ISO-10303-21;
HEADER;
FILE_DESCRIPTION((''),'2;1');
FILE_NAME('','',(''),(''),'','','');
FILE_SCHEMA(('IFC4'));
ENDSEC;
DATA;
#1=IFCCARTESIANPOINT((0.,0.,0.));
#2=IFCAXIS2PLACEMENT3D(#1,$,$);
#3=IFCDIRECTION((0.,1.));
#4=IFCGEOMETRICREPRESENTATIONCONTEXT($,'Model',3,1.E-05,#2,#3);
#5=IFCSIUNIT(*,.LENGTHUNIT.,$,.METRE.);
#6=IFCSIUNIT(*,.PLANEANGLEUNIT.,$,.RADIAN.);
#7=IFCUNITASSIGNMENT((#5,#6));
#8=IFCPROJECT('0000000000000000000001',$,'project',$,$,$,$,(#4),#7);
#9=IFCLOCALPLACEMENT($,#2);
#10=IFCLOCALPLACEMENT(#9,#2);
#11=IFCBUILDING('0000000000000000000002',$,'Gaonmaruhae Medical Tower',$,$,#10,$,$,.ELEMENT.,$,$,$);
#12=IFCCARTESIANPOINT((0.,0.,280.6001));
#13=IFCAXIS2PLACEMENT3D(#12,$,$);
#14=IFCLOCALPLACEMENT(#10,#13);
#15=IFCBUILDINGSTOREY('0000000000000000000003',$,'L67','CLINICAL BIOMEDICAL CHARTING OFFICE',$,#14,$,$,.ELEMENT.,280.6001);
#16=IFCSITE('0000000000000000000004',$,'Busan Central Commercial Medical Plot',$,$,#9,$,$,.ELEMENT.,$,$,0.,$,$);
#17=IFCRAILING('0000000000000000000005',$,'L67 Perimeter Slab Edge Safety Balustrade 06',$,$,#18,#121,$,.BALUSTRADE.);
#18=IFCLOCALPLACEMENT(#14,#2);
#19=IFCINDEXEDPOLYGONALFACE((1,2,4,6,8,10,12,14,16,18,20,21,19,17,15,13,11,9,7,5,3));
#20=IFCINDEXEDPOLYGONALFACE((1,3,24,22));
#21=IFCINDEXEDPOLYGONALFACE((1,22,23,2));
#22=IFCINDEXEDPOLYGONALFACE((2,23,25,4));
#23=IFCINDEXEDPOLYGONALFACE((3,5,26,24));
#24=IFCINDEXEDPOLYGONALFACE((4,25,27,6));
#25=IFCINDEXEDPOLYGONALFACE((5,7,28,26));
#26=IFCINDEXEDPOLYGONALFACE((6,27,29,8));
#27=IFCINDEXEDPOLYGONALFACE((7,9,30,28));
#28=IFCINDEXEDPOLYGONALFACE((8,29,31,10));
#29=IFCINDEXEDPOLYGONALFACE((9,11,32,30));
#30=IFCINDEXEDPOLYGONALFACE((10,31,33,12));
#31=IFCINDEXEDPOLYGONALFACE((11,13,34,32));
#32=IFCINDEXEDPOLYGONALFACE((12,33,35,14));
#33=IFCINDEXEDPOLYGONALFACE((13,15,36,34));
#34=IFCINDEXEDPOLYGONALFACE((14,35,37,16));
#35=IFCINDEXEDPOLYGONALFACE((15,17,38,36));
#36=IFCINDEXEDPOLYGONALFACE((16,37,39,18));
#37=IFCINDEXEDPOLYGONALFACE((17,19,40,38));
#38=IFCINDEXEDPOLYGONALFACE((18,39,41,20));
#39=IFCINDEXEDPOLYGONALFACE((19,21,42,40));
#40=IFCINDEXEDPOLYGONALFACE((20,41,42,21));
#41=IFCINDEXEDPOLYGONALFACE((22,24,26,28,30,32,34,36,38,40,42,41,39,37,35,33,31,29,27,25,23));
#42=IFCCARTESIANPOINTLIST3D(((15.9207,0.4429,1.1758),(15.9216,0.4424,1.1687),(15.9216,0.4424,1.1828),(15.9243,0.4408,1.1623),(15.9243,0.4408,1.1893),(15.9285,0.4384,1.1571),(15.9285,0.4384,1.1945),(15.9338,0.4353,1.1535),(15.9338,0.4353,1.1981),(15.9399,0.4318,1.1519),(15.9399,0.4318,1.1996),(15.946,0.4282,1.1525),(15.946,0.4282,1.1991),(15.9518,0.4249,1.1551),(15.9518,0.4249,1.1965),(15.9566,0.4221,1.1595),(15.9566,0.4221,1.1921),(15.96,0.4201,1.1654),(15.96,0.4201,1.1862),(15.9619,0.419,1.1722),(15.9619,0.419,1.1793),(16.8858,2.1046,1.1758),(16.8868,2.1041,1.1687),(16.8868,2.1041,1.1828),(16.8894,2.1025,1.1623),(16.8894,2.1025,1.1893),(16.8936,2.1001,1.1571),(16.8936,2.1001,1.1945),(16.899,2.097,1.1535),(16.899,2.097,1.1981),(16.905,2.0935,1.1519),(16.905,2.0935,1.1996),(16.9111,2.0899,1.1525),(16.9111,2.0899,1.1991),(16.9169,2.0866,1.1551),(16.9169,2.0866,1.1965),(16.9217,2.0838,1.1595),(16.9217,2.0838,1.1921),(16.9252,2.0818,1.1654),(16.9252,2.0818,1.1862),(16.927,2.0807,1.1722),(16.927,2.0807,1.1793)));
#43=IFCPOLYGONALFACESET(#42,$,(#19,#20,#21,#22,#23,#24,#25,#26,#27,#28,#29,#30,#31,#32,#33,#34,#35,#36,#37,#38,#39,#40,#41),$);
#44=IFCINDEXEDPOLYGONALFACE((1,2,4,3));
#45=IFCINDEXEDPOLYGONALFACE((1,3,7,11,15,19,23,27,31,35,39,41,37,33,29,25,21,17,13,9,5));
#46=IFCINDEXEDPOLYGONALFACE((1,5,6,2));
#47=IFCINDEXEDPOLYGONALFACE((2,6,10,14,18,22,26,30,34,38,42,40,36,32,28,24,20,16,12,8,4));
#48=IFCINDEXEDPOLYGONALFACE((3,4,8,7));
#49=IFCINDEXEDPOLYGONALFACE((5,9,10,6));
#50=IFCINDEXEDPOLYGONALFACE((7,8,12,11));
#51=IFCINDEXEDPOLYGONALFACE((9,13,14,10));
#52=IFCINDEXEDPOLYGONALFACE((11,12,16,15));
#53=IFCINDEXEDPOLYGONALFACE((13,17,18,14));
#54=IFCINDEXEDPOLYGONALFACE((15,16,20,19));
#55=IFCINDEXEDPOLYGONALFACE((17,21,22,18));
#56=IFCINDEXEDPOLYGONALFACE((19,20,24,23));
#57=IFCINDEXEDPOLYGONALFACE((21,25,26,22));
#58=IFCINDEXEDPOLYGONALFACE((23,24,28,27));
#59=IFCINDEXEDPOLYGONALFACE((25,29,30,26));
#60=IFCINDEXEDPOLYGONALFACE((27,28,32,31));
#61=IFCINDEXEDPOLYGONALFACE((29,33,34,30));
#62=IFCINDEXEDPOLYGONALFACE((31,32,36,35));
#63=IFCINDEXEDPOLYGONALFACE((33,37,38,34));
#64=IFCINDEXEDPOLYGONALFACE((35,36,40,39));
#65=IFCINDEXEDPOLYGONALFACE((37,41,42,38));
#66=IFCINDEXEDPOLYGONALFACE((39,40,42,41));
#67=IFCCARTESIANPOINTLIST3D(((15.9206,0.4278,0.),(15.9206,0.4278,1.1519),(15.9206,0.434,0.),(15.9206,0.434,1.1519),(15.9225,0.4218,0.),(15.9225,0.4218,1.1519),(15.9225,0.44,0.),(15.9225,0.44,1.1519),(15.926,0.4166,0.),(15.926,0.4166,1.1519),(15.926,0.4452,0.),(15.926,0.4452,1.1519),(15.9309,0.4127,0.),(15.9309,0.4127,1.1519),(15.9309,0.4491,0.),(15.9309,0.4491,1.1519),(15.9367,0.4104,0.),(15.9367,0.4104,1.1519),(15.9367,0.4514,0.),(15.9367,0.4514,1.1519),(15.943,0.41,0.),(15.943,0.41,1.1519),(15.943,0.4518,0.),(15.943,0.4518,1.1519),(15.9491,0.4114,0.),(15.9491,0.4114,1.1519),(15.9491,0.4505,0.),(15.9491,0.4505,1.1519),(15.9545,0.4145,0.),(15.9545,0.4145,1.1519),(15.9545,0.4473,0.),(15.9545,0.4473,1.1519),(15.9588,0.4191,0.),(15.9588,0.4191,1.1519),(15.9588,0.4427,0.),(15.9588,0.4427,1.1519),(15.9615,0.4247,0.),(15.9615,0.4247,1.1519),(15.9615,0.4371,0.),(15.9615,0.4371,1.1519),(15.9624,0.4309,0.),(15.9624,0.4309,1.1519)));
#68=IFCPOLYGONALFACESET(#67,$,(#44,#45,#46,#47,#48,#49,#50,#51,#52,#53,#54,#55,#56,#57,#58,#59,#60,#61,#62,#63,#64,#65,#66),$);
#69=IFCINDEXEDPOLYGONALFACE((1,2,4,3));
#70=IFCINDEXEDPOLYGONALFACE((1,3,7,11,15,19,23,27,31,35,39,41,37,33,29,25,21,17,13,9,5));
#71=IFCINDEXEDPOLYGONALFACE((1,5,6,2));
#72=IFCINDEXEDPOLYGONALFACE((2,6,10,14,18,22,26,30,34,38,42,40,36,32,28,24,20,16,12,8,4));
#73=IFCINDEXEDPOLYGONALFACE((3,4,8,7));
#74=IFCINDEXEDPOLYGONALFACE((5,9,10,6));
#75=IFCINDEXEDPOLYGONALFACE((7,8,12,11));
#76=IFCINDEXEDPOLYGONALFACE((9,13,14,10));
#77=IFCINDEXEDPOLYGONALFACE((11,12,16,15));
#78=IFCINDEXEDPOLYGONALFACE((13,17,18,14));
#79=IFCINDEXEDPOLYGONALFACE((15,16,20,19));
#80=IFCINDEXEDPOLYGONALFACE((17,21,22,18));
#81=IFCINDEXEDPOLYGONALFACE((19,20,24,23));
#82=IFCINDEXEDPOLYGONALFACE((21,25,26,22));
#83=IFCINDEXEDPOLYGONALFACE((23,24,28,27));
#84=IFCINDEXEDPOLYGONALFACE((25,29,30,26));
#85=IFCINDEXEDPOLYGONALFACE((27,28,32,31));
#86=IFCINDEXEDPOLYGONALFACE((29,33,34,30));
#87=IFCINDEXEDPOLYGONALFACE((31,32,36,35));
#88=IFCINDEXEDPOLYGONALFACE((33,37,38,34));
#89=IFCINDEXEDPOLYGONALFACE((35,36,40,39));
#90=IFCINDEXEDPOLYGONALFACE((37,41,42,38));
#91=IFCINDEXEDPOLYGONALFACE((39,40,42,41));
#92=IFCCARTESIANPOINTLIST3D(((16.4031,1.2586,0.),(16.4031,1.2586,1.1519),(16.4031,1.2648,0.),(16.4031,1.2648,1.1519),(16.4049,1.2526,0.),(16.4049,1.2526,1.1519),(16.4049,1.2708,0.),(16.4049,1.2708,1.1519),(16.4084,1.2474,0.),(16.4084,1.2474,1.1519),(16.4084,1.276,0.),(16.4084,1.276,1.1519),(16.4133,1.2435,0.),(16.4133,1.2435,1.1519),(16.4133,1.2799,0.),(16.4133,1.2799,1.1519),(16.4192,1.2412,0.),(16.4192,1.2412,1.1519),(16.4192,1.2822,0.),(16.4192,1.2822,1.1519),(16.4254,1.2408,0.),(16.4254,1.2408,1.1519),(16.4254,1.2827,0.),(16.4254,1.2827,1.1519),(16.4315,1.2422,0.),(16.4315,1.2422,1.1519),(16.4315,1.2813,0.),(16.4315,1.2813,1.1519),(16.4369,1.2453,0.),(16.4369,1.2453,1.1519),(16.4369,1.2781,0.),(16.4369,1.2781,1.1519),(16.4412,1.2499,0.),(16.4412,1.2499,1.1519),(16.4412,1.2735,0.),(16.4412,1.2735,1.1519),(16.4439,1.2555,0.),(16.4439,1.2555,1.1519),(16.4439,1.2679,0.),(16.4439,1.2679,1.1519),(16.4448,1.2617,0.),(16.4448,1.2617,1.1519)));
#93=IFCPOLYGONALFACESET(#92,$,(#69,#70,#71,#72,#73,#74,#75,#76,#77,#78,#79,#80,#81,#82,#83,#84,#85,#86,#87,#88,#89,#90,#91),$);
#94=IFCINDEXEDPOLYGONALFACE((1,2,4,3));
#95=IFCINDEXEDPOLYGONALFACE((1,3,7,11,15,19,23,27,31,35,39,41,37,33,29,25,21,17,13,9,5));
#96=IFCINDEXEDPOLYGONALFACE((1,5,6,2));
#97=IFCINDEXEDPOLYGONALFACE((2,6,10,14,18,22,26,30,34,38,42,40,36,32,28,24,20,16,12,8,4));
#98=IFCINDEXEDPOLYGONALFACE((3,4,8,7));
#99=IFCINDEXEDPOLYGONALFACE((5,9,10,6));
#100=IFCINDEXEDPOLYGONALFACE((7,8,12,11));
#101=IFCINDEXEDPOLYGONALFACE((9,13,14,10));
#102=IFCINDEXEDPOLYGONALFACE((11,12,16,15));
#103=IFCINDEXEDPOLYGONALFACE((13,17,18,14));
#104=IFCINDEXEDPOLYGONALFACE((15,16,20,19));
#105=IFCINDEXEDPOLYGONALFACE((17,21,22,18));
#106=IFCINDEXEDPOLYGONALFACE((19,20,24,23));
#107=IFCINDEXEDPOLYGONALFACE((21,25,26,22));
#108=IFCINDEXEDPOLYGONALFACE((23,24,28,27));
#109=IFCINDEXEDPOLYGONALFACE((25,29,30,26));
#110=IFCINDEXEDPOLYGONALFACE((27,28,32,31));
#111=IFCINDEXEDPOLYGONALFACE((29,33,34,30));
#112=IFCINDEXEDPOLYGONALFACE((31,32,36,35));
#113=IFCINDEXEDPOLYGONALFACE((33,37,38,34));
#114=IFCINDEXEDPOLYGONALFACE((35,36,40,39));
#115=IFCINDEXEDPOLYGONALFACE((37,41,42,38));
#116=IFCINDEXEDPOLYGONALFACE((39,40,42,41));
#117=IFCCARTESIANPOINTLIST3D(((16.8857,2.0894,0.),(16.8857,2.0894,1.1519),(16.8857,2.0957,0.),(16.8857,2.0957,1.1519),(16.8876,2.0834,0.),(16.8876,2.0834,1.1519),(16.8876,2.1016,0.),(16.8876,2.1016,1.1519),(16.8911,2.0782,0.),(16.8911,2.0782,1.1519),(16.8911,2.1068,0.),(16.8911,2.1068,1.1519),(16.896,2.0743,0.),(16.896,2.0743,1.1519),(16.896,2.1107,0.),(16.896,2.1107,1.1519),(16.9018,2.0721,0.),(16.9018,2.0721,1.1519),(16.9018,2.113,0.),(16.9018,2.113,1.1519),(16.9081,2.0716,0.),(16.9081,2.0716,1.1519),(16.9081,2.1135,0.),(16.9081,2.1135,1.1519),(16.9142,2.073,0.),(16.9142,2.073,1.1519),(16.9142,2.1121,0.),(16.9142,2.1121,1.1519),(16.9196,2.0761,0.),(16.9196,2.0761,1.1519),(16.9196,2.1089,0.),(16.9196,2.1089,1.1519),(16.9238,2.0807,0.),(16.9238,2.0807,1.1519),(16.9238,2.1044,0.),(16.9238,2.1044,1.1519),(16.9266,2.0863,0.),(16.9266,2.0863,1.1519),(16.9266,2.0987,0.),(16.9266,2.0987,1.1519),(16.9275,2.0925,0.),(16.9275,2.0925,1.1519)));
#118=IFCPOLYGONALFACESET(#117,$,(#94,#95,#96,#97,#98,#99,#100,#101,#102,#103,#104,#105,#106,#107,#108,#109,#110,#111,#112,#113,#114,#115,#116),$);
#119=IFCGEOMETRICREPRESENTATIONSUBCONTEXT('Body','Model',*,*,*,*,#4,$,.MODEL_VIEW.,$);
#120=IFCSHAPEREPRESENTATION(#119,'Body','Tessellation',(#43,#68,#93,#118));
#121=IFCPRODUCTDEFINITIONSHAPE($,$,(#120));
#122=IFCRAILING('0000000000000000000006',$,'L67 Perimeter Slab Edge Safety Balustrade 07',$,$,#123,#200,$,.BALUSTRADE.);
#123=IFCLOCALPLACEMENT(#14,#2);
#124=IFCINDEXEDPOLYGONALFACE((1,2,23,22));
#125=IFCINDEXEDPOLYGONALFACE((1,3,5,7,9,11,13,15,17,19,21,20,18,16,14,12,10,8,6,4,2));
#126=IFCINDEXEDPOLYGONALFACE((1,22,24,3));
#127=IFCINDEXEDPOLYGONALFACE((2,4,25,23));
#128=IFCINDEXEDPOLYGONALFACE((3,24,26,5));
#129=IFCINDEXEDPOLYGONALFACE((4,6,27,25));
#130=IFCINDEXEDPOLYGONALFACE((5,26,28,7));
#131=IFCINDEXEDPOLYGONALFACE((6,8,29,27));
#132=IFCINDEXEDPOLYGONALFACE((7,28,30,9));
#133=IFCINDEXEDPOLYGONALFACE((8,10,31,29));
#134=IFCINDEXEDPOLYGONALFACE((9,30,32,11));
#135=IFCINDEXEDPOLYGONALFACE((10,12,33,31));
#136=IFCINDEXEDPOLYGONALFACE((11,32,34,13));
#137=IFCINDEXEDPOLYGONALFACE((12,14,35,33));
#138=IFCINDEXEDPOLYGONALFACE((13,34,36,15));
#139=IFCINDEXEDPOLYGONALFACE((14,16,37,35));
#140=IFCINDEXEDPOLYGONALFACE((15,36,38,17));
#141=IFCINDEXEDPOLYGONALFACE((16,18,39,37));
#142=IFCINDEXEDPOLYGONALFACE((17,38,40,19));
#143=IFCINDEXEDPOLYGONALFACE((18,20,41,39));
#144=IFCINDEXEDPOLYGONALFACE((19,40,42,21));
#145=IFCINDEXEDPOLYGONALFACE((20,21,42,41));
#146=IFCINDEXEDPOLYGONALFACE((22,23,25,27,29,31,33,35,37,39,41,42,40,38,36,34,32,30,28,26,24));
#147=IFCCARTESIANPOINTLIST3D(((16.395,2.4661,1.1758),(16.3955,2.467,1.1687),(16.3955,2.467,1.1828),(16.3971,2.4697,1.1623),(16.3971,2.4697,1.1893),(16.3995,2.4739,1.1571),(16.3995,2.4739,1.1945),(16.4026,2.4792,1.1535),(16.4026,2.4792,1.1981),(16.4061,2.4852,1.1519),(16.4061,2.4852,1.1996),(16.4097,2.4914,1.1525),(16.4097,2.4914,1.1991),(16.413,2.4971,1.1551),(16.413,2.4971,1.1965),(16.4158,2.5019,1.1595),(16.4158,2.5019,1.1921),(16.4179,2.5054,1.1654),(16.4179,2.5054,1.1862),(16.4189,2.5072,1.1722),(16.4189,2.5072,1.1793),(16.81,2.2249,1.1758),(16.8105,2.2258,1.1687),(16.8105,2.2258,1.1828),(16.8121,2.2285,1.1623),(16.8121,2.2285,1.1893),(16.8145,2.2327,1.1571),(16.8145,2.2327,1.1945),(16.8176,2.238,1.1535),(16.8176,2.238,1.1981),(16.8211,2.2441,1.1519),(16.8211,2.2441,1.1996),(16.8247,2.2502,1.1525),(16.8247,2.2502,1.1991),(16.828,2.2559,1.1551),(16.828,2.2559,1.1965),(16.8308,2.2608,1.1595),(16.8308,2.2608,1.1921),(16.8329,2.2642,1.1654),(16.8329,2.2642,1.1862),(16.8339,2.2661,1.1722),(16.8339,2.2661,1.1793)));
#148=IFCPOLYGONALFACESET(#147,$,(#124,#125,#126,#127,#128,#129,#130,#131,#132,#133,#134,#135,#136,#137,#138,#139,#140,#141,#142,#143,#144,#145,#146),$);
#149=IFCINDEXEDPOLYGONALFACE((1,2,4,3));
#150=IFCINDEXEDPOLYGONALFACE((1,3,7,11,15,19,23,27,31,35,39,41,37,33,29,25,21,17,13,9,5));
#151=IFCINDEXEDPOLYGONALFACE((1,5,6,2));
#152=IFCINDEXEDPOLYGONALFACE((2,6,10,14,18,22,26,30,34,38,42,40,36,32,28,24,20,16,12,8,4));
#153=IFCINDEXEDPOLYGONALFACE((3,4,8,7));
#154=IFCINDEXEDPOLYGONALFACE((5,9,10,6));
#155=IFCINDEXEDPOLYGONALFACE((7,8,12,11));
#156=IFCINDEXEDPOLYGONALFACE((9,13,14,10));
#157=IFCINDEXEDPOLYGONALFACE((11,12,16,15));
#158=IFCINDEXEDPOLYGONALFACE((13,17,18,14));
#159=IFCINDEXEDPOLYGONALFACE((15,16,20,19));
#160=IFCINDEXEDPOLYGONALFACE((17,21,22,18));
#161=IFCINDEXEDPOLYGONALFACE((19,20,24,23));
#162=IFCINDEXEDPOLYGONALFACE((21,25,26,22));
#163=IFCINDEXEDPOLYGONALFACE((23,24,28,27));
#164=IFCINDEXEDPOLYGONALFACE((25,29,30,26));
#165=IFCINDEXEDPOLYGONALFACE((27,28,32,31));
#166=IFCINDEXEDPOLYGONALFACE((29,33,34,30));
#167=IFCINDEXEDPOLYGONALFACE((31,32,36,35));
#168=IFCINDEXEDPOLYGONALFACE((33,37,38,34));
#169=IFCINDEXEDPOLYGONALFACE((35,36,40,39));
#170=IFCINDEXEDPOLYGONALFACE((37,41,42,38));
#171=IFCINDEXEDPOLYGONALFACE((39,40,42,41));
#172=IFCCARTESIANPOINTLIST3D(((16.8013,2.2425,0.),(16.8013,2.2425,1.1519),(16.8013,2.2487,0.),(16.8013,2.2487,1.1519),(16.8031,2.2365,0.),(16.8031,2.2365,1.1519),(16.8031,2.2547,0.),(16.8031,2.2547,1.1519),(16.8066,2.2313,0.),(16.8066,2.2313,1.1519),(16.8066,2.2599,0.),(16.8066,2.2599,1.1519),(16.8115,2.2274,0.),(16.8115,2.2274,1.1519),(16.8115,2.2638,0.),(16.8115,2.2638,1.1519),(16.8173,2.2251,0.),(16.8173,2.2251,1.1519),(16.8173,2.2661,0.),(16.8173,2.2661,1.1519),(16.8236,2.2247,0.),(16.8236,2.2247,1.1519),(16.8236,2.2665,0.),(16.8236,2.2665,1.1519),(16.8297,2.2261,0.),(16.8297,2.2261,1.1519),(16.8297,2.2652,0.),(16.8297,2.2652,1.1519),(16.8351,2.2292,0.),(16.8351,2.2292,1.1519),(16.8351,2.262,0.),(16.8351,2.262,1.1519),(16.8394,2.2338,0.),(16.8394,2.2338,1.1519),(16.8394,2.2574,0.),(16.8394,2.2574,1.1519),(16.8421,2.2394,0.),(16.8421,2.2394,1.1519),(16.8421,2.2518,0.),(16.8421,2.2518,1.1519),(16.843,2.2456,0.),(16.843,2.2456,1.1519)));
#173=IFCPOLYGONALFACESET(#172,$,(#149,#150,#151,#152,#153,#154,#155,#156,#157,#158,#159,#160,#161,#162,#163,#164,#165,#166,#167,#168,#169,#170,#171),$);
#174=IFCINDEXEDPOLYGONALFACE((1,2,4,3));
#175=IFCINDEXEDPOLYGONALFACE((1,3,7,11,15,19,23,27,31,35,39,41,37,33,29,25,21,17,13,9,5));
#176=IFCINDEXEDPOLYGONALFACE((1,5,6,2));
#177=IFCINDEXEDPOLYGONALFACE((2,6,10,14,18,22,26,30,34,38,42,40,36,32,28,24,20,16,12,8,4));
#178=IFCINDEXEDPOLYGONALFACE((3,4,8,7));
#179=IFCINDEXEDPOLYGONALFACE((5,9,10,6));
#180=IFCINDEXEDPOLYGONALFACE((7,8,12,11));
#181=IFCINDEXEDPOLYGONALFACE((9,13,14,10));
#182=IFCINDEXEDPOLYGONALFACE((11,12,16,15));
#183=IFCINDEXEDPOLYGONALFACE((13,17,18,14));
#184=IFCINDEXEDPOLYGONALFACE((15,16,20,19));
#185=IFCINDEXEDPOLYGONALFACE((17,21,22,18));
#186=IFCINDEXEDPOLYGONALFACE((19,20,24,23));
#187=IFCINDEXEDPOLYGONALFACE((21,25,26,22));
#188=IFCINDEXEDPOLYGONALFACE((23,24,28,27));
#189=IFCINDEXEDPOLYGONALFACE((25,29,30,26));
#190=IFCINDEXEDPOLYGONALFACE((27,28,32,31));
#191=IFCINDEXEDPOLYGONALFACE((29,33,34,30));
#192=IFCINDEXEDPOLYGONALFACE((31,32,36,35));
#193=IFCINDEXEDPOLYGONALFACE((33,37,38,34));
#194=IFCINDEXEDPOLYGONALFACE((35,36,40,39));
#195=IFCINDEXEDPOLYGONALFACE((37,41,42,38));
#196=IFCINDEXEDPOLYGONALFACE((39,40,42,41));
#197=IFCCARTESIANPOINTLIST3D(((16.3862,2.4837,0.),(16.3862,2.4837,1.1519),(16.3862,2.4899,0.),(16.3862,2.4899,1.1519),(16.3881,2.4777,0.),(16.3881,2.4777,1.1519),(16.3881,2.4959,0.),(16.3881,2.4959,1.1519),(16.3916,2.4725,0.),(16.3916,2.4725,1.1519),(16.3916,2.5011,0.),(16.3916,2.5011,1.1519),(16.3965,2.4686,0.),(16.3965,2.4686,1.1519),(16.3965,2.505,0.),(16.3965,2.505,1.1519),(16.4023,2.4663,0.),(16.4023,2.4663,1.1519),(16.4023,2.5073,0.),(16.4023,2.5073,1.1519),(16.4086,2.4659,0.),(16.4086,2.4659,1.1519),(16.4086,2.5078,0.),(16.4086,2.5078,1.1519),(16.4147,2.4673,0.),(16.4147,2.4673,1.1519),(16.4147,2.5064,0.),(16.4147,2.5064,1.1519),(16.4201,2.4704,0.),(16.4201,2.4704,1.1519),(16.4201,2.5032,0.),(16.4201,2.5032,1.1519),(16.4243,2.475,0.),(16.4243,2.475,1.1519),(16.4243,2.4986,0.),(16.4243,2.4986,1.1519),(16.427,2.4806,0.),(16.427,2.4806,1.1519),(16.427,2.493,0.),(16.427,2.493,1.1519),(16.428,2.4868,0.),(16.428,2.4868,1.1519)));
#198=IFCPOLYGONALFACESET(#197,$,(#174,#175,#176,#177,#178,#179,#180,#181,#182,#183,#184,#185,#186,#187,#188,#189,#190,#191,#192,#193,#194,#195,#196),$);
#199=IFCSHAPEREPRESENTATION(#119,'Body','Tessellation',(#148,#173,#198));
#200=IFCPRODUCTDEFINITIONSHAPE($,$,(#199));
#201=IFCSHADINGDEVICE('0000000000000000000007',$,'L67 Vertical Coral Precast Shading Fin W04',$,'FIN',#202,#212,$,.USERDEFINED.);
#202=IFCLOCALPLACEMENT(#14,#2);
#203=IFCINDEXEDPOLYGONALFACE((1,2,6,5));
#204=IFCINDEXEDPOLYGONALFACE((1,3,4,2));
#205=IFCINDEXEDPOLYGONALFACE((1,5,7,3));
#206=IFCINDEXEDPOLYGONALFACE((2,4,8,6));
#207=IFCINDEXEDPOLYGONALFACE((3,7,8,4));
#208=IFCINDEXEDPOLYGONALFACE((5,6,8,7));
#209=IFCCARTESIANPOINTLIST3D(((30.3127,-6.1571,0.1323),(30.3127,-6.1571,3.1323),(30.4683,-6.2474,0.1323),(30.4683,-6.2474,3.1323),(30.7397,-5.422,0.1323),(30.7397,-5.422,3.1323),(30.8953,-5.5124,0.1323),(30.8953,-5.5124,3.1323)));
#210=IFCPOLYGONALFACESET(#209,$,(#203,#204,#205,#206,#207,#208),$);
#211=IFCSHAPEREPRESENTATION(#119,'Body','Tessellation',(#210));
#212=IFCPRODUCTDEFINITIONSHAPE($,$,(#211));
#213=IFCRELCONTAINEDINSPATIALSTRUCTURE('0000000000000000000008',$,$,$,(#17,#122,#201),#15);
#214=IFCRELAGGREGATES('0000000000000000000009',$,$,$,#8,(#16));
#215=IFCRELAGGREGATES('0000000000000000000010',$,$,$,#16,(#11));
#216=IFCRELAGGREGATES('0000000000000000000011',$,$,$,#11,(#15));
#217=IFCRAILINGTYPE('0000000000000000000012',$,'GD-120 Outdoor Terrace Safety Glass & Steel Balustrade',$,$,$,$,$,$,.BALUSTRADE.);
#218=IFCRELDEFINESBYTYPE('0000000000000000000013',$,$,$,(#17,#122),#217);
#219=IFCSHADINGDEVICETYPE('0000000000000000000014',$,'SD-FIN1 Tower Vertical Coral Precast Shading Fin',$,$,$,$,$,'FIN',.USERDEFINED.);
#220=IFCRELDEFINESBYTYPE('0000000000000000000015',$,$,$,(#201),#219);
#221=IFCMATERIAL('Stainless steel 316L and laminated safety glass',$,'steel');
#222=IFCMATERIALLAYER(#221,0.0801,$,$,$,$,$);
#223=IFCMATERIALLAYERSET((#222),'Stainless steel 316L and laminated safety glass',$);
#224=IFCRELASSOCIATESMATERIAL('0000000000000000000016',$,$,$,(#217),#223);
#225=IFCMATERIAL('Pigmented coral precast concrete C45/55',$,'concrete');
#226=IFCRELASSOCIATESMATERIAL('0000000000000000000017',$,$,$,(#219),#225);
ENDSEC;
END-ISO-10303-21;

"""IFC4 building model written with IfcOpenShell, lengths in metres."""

from ifc_helpers import new_model, si_unit, direction, frame, origin, origin_2d, place, context, subcontext, project, spatial, rectangle, circle, extrude, material, layer, layer_set, type_object, element, save


model = new_model("IFC4")

# Units and contexts
model_context = context("Model", 3, precision=1e-05, world=origin(), true_north=direction((0.0, 1.0)))
body_context = subcontext(model_context, "Body", "Model", "MODEL_VIEW")
ifc_project = project(units=[si_unit("LENGTHUNIT", "METRE"), si_unit("PLANEANGLEUNIT", "RADIAN")], contexts=[model_context])

# Site, building, storey
site_placement = place(None, origin())
site = spatial("IfcSite", under=ifc_project, at=site_placement, Name="Busan Central Commercial Medical Plot", CompositionType="ELEMENT", RefElevation=0.0)
building_placement = place(site_placement, origin())
building = spatial("IfcBuilding", under=site, at=building_placement, Name="Gaonmaruhae Medical Tower", CompositionType="ELEMENT")
storey_placement = place(building_placement, frame((0.0, 0.0, 280.6001)))
storey = spatial("IfcBuildingStorey", under=building, at=storey_placement, Name="L67", Description="CLINICAL BIOMEDICAL CHARTING OFFICE", CompositionType="ELEMENT", Elevation=280.6001)

# Railings
ifc_material_1 = material(Name="Stainless steel 316L and laminated safety glass", Category="steel")
ifc_layer_1 = layer(ifc_material_1, 0.0801)
ifc_layer_set_1 = layer_set([ifc_layer_1], Name="Stainless steel 316L and laminated safety glass")
railing_type = type_object("IfcRailingType", Name="GD-120 Outdoor Terrace Safety Glass & Steel Balustrade", PredefinedType="BALUSTRADE", material=ifc_layer_set_1)
railing_1_placement = place(storey_placement, frame((15.9414, 0.4309, 0.0)))
element("IfcRailing", 1, at=railing_1_placement, inside=storey, type_object=railing_type, Name="L67 Perimeter Slab Edge Safety Balustrade 06", PredefinedType="BALUSTRADE", context=body_context, shape_type="SweptSolid", body=[
    extrude(circle(Radius=0.0239, at=origin_2d()), frame((0.0, 0.0, 1.1758), z_axis=(0.502243, 0.864727, 0.0), x_axis=(-0.864727, 0.502243, 0.0)), (0.0, 0.0, 1.0), 1.9216),
    extrude(circle(Radius=0.021, at=origin_2d()), origin(), (0.0, 0.0, 1.0), 1.1519),
    extrude(circle(Radius=0.021, at=origin_2d()), frame((0.4824, 0.8308, 0.0)), (0.0, 0.0, 1.0), 1.1519),
    extrude(circle(Radius=0.021, at=origin_2d()), frame((0.9651, 1.6616, 0.0)), (0.0, 0.0, 1.0), 1.1519),
])
railing_2_placement = place(storey_placement, frame((16.822, 2.2456, 0.0)))
element("IfcRailing", 2, at=railing_2_placement, inside=storey, type_object=railing_type, Name="L67 Perimeter Slab Edge Safety Balustrade 07", PredefinedType="BALUSTRADE", context=body_context, shape_type="SweptSolid", body=[
    extrude(circle(Radius=0.0239, at=origin_2d()), frame((0.0, 0.0, 1.1758), z_axis=(-0.864589, 0.502479, 0.0), x_axis=(-0.502479, -0.864589, 0.0)), (0.0, 0.0, 1.0), 0.48),
    extrude(circle(Radius=0.021, at=origin_2d()), origin(), (0.0, 0.0, 1.0), 1.1519),
    extrude(circle(Radius=0.021, at=origin_2d()), frame((-0.415, 0.2412, 0.0)), (0.0, 0.0, 1.0), 1.1519),
])

# Shading device
ifc_material_2 = material(Name="Pigmented coral precast concrete C45/55", Category="concrete")
shading_device_type = type_object("IfcShadingDeviceType", Name="SD-FIN1 Tower Vertical Coral Precast Shading Fin", ElementType="FIN", PredefinedType="USERDEFINED", material=ifc_material_2)
for number, where, z_axis, x_axis, name in (
    (3, (30.604, -5.8347, 0.1323), (0.0, 0.0, 1.0), (-0.864713, 0.502266, 0.0), "L67 Vertical Coral Precast Shading Fin W04"),
):
    element("IfcShadingDevice", number, at=place(storey_placement, frame(where, z_axis=z_axis, x_axis=x_axis)), inside=storey, type_object=shading_device_type, Name=name, ObjectType="FIN", PredefinedType="USERDEFINED", context=body_context, shape_type="SweptSolid", body=[
        extrude(rectangle(XDim=0.1799, YDim=0.8501, at=origin_2d()), origin(), (0.0, 0.0, 1.0), 3.0),
    ])

save(model, "model.ifc")
